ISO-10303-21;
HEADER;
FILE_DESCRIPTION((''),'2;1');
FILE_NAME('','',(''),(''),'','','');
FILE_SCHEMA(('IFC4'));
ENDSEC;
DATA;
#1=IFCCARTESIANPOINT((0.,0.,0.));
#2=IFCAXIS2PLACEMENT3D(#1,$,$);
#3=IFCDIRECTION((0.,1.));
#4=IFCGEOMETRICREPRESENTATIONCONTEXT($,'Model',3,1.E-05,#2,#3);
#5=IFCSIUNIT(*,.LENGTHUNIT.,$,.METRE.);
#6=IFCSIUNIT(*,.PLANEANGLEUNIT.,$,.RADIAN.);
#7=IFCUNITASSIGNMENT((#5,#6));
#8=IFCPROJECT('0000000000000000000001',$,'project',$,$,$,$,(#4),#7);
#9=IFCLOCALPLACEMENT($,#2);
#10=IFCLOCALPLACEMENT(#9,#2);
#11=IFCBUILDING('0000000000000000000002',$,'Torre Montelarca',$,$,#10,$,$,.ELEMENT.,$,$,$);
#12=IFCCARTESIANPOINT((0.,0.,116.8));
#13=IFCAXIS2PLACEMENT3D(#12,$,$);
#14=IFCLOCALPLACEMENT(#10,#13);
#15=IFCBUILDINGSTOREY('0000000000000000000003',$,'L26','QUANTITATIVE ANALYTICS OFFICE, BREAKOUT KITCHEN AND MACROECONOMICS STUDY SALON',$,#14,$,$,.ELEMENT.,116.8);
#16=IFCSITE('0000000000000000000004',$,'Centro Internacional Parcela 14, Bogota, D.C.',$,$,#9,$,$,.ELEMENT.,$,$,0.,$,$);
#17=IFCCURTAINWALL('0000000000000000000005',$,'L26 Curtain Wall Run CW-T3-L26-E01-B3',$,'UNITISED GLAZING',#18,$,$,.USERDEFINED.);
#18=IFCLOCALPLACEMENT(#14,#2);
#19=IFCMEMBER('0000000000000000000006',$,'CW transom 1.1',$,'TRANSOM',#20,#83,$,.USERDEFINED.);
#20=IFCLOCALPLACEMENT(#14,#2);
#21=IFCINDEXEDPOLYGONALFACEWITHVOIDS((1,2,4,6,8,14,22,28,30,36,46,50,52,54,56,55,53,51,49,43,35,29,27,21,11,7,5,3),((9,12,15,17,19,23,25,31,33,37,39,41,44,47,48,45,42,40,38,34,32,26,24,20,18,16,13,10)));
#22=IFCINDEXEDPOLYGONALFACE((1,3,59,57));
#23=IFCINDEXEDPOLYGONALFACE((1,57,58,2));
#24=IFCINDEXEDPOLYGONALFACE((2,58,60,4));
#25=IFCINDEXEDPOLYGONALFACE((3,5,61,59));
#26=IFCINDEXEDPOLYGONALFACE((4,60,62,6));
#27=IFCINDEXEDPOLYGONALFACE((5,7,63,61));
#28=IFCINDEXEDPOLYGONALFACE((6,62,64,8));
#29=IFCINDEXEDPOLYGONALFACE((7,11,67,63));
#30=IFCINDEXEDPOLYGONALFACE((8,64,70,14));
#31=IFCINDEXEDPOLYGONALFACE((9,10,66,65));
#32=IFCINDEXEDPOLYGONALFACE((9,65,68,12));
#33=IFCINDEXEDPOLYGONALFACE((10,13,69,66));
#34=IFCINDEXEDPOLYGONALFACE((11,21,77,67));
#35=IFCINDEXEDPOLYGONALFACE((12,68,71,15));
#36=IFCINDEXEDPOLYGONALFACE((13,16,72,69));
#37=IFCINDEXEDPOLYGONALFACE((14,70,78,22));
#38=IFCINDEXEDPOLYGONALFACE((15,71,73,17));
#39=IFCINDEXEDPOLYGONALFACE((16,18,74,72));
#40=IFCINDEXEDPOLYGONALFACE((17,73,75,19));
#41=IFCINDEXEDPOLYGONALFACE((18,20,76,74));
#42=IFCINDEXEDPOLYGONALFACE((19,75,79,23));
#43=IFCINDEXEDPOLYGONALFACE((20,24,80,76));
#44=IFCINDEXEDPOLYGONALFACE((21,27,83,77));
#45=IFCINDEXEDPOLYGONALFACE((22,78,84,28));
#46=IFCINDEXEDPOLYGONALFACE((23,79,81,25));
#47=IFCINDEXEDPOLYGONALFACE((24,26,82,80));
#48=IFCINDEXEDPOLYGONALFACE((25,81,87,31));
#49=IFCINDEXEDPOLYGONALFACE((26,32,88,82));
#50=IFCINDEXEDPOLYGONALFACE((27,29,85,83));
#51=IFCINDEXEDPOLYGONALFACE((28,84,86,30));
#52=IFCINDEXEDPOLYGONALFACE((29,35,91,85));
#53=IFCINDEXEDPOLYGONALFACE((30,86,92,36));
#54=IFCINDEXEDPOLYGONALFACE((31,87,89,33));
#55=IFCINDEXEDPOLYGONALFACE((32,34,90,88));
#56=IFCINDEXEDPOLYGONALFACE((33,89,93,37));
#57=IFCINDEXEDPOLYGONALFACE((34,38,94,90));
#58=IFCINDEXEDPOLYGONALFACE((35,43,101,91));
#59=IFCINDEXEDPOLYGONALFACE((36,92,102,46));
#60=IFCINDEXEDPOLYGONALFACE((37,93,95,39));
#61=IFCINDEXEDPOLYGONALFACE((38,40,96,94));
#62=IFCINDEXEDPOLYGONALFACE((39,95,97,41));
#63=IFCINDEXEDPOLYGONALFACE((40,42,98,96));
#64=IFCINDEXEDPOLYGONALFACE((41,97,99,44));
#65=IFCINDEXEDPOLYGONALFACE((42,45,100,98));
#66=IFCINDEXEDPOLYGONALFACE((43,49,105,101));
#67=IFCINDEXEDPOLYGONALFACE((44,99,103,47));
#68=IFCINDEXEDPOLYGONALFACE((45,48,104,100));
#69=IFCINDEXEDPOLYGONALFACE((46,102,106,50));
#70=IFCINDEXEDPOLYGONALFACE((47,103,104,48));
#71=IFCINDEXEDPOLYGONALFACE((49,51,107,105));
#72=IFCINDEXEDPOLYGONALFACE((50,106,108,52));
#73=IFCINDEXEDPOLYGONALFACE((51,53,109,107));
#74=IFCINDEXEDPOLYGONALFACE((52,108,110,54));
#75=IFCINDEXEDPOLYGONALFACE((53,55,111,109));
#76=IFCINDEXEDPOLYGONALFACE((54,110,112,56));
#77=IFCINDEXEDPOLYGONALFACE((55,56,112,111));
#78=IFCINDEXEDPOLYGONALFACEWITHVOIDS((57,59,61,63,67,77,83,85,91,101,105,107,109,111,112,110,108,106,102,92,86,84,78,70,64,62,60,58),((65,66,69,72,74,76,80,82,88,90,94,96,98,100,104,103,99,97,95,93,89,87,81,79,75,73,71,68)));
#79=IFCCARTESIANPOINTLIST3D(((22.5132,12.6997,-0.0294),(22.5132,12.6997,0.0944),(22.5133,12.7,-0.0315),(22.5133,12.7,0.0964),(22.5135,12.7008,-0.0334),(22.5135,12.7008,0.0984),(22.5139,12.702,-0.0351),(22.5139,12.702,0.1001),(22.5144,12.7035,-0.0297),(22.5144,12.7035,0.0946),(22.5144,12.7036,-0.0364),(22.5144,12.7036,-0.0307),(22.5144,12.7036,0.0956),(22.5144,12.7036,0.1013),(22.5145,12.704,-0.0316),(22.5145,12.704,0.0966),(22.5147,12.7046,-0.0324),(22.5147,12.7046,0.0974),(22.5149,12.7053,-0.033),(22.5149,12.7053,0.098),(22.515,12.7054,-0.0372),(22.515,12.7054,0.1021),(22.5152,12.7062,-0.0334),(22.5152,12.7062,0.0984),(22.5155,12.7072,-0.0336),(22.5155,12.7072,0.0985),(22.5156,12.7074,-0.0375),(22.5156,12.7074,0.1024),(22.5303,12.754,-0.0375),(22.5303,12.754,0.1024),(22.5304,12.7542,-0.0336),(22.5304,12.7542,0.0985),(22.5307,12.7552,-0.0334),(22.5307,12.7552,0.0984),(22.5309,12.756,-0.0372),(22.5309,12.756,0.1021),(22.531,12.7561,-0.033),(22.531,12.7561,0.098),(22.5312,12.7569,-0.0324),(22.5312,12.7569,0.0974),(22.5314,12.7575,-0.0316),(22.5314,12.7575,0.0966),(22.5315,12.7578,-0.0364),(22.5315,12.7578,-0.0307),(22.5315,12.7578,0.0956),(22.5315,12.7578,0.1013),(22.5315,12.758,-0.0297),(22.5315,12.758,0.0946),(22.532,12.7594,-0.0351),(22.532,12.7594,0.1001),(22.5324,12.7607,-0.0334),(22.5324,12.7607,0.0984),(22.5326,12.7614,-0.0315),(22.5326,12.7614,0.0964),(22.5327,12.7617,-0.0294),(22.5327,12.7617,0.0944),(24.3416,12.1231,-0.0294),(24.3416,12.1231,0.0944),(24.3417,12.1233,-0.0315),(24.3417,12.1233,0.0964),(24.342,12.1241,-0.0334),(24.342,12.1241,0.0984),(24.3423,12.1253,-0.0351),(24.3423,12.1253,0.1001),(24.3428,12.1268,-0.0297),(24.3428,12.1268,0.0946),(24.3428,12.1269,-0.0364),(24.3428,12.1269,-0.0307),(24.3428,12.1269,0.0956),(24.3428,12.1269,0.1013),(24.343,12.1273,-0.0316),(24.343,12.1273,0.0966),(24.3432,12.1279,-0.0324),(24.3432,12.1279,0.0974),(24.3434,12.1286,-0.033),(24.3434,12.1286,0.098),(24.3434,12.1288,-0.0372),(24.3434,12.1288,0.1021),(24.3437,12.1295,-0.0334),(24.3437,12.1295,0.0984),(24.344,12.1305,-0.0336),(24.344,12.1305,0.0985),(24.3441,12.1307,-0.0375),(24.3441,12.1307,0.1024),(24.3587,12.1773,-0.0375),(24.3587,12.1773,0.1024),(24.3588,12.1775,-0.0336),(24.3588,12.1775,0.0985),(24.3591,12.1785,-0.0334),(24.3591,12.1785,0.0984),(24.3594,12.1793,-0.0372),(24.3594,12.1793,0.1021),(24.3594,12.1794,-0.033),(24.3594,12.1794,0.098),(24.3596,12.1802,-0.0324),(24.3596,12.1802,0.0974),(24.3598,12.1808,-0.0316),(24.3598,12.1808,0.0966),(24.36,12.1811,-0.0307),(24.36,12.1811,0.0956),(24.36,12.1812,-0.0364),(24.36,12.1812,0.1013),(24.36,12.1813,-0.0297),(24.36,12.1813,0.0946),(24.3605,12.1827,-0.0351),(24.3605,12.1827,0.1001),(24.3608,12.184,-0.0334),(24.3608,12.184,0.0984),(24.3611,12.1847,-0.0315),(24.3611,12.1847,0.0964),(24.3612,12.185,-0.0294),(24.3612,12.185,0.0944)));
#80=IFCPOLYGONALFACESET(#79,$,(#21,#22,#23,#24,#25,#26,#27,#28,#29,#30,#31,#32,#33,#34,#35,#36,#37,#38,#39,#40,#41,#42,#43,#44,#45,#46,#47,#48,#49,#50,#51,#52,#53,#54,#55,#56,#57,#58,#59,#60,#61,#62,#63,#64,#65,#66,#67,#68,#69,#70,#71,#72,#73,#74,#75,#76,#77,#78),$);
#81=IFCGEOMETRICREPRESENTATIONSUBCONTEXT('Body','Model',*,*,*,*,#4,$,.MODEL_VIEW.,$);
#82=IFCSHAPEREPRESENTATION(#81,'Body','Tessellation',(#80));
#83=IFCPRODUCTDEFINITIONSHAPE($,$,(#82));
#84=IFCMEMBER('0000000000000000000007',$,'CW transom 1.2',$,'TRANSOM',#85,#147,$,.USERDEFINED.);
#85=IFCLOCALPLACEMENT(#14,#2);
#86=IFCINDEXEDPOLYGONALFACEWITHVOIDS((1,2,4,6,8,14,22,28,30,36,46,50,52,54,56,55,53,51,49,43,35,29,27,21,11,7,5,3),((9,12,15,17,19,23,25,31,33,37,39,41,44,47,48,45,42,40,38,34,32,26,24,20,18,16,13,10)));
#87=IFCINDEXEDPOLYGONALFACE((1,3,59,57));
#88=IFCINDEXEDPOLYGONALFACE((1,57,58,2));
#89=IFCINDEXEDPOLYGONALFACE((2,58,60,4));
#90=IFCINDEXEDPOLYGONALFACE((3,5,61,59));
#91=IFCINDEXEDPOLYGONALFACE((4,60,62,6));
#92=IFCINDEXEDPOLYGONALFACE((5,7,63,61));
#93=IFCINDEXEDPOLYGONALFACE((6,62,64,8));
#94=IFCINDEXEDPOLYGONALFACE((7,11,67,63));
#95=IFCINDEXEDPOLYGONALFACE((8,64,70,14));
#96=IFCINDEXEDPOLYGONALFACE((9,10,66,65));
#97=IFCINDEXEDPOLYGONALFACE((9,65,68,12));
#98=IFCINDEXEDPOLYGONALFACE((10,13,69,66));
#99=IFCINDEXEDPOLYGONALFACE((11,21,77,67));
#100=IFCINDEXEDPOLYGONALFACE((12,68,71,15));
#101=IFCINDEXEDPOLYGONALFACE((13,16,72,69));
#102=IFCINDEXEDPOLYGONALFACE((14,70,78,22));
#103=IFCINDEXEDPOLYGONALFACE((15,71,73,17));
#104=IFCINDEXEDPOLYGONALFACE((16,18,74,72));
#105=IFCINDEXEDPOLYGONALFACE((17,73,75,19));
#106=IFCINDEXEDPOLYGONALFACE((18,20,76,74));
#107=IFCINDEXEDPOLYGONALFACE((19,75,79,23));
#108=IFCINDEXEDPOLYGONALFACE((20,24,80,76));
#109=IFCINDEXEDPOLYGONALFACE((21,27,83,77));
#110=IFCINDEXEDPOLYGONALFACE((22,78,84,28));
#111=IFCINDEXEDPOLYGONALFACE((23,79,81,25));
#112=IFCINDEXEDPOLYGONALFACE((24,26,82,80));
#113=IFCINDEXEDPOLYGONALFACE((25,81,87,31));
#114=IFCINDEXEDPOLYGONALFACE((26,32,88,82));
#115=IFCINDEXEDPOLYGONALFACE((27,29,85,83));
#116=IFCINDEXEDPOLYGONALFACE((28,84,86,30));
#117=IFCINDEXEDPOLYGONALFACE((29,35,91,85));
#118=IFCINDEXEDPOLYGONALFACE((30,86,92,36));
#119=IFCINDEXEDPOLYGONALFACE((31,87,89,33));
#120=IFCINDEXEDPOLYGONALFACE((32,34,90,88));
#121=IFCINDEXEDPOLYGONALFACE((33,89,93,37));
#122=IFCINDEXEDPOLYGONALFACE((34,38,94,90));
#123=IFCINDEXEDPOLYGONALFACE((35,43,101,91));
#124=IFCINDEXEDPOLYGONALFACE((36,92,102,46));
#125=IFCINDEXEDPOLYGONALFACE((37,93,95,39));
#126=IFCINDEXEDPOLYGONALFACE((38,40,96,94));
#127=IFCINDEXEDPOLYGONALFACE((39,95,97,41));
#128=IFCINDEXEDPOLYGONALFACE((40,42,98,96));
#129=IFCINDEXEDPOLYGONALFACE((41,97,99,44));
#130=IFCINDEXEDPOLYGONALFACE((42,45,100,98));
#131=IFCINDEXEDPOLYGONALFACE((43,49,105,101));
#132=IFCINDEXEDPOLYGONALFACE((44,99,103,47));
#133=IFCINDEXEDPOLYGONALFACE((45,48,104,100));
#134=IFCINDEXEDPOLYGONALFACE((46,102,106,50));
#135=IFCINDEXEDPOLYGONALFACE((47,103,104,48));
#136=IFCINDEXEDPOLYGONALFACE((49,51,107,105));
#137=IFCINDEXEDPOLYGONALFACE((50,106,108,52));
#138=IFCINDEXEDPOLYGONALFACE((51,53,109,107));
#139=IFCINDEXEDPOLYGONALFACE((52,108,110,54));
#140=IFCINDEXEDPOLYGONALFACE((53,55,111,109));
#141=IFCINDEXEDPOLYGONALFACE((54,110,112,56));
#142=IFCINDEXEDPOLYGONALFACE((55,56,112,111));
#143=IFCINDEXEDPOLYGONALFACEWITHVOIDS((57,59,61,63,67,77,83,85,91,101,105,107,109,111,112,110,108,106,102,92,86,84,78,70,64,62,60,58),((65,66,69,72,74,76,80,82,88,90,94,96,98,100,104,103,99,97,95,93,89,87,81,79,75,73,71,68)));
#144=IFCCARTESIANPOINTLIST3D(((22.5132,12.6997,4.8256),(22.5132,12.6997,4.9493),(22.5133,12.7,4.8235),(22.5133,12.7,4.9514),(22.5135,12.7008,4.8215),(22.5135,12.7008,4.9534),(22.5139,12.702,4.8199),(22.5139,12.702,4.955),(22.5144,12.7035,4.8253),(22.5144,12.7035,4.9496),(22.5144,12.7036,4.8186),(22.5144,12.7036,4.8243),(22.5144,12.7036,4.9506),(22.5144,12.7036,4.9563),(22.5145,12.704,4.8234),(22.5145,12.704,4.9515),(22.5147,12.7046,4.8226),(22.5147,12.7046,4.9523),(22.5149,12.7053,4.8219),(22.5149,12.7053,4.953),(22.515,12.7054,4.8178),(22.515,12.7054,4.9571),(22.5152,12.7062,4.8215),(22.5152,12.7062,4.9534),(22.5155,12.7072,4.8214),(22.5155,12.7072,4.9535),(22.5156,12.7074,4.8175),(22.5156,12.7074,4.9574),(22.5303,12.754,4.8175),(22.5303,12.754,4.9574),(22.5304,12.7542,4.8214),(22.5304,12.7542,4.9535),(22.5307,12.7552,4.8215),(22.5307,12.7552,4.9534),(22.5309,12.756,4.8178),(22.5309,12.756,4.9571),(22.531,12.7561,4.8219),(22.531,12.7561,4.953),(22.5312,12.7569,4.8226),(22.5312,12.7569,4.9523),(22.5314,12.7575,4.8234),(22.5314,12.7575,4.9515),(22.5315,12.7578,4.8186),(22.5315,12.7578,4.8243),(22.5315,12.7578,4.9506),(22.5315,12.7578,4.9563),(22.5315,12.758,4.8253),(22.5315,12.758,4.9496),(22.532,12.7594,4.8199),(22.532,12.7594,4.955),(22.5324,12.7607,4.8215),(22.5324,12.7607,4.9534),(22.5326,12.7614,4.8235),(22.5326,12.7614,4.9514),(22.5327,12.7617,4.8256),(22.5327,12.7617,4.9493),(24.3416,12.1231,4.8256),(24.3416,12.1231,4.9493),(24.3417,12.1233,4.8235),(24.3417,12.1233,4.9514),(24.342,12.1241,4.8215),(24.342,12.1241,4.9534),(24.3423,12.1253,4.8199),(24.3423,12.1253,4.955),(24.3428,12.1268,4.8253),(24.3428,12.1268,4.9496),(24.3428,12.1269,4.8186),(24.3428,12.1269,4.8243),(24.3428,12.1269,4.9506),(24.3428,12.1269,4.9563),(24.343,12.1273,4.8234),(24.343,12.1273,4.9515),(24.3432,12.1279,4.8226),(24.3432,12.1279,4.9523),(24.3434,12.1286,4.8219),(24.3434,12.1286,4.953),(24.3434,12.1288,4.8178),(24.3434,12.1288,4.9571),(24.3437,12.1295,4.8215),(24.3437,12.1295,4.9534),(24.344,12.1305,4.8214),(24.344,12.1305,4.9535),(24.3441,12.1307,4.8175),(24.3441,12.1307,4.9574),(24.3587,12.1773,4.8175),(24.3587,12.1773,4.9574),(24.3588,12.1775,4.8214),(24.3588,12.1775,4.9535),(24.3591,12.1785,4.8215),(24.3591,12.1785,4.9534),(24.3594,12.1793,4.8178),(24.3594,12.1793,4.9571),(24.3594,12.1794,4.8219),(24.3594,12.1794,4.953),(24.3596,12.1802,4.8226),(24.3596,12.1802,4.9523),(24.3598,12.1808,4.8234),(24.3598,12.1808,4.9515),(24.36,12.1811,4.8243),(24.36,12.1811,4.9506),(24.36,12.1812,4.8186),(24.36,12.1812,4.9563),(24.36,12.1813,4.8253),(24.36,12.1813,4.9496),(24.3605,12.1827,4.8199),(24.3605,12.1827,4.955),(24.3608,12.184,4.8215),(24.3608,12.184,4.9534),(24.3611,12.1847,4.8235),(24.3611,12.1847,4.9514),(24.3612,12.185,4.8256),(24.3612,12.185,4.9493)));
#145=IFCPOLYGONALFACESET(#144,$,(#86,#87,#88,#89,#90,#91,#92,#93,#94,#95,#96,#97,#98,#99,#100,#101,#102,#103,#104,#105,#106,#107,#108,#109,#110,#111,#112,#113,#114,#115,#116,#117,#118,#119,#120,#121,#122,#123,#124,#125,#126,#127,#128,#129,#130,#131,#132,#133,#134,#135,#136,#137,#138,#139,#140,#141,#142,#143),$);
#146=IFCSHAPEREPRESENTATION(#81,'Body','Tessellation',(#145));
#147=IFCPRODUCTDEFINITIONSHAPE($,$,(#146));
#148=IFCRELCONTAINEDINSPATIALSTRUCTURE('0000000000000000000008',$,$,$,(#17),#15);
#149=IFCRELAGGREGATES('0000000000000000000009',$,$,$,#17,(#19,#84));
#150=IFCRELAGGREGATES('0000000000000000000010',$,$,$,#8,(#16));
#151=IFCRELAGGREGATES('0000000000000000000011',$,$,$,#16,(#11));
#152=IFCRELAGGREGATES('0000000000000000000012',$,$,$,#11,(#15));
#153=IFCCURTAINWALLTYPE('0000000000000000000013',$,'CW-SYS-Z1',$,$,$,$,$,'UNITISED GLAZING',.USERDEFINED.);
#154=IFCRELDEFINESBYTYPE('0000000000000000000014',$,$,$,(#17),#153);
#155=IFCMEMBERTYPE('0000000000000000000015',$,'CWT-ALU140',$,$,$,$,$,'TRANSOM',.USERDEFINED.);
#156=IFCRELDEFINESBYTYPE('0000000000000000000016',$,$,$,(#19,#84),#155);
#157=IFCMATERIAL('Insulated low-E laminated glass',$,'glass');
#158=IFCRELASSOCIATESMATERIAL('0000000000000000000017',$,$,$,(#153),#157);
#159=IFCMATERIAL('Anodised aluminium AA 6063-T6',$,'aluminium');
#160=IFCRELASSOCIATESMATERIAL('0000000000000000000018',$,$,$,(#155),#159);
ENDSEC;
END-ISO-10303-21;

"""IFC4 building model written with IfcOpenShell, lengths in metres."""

from ifc_helpers import new_model, si_unit, direction, frame, origin, origin_2d, place, context, subcontext, project, spatial, hollow_rectangle, extrude, source, transform, mapped, material, material_profile, profile_set, type_object, element, aggregate, save


model = new_model("IFC4")

# Units and contexts
model_context = context("Model", 3, precision=1e-05, world=origin(), true_north=direction((0.0, 1.0)))
body_context = subcontext(model_context, "Body", "Model", "MODEL_VIEW")
ifc_project = project(units=[si_unit("LENGTHUNIT", "METRE"), si_unit("PLANEANGLEUNIT", "RADIAN")], contexts=[model_context])

# Site, building, storey
site_placement = place(None, origin())
site = spatial("IfcSite", under=ifc_project, at=site_placement, Name="Centro Internacional Parcela 14, Bogota, D.C.", CompositionType="ELEMENT", RefElevation=0.0)
building_placement = place(site_placement, origin())
building = spatial("IfcBuilding", under=site, at=building_placement, Name="Torre Montelarca", CompositionType="ELEMENT")
storey_placement = place(building_placement, frame((0.0, 0.0, 116.8)))
storey = spatial("IfcBuildingStorey", under=building, at=storey_placement, Name="L26", Description="QUANTITATIVE ANALYTICS OFFICE, BREAKOUT KITCHEN AND MACROECONOMICS STUDY SALON", CompositionType="ELEMENT", Elevation=116.8)

# Curtain wall, members
ifc_material_1 = material(Name="Insulated low-E laminated glass", Category="glass")
curtain_wall_type = type_object("IfcCurtainWallType", Name="CW-SYS-Z1", ElementType="UNITISED GLAZING", PredefinedType="USERDEFINED", material=ifc_material_1)
curtain_wall_1_placement = place(storey_placement, origin())
curtain_wall_1 = element("IfcCurtainWall", 1, at=curtain_wall_1_placement, inside=storey, type_object=curtain_wall_type, Name="L26 Curtain Wall Run CW-T3-L26-E01-B3", ObjectType="UNITISED GLAZING", PredefinedType="USERDEFINED")
ifc_material_2 = material(Name="Anodised aluminium AA 6063-T6", Category="aluminium")
ifc_material_profile_1 = material_profile(ifc_material_2, hollow_rectangle(XDim=0.0649, YDim=0.1399, WallThickness=0.0039, InnerFilletRadius=0.0039, OuterFilletRadius=0.0081, at=origin_2d()), Name="ALU65X140X4", Category="aluminium")
ifc_profile_set_1 = profile_set([ifc_material_profile_1], Name="Anodised aluminium AA 6063-T6")
member_type_1 = type_object("IfcMemberType", Name="CWT-ALU140", ElementType="TRANSOM", PredefinedType="USERDEFINED", material=ifc_profile_set_1)
shared_shape_1 = source(origin(), body_context, "Body", "SweptSolid", [
    extrude(hollow_rectangle(XDim=0.0649, YDim=0.1399, WallThickness=0.0039, InnerFilletRadius=0.0039, OuterFilletRadius=0.0081, at=origin_2d()), origin(), (0.0, 0.0, 1.0), 1.9172),
])
member_1_placement = place(storey_placement, frame((22.5229, 12.7307, 0.0325), z_axis=(0.95369, -0.30079, 0.0), x_axis=(0.30079, 0.95369, 0.0)))
member_1 = element("IfcMember", 2, at=member_1_placement, type_object=member_type_1, Name="CW transom 1.1", ObjectType="TRANSOM", PredefinedType="USERDEFINED", context=body_context, shape_type="MappedRepresentation", body=[
    mapped(shared_shape_1, transform((0.0, 0.0, 0.0), scale=1.0)),
])
member_2_placement = place(storey_placement, frame((22.5229, 12.7307, 4.8875), z_axis=(0.95369, -0.30079, 0.0), x_axis=(0.30079, 0.95369, 0.0)))
member_2 = element("IfcMember", 3, at=member_2_placement, type_object=member_type_1, Name="CW transom 1.2", ObjectType="TRANSOM", PredefinedType="USERDEFINED", context=body_context, shape_type="MappedRepresentation", body=[
    mapped(shared_shape_1, transform((0.0, 0.0, 0.0), scale=1.0)),
])

aggregate(curtain_wall_1, [member_1, member_2])

save(model, "model.ifc")
